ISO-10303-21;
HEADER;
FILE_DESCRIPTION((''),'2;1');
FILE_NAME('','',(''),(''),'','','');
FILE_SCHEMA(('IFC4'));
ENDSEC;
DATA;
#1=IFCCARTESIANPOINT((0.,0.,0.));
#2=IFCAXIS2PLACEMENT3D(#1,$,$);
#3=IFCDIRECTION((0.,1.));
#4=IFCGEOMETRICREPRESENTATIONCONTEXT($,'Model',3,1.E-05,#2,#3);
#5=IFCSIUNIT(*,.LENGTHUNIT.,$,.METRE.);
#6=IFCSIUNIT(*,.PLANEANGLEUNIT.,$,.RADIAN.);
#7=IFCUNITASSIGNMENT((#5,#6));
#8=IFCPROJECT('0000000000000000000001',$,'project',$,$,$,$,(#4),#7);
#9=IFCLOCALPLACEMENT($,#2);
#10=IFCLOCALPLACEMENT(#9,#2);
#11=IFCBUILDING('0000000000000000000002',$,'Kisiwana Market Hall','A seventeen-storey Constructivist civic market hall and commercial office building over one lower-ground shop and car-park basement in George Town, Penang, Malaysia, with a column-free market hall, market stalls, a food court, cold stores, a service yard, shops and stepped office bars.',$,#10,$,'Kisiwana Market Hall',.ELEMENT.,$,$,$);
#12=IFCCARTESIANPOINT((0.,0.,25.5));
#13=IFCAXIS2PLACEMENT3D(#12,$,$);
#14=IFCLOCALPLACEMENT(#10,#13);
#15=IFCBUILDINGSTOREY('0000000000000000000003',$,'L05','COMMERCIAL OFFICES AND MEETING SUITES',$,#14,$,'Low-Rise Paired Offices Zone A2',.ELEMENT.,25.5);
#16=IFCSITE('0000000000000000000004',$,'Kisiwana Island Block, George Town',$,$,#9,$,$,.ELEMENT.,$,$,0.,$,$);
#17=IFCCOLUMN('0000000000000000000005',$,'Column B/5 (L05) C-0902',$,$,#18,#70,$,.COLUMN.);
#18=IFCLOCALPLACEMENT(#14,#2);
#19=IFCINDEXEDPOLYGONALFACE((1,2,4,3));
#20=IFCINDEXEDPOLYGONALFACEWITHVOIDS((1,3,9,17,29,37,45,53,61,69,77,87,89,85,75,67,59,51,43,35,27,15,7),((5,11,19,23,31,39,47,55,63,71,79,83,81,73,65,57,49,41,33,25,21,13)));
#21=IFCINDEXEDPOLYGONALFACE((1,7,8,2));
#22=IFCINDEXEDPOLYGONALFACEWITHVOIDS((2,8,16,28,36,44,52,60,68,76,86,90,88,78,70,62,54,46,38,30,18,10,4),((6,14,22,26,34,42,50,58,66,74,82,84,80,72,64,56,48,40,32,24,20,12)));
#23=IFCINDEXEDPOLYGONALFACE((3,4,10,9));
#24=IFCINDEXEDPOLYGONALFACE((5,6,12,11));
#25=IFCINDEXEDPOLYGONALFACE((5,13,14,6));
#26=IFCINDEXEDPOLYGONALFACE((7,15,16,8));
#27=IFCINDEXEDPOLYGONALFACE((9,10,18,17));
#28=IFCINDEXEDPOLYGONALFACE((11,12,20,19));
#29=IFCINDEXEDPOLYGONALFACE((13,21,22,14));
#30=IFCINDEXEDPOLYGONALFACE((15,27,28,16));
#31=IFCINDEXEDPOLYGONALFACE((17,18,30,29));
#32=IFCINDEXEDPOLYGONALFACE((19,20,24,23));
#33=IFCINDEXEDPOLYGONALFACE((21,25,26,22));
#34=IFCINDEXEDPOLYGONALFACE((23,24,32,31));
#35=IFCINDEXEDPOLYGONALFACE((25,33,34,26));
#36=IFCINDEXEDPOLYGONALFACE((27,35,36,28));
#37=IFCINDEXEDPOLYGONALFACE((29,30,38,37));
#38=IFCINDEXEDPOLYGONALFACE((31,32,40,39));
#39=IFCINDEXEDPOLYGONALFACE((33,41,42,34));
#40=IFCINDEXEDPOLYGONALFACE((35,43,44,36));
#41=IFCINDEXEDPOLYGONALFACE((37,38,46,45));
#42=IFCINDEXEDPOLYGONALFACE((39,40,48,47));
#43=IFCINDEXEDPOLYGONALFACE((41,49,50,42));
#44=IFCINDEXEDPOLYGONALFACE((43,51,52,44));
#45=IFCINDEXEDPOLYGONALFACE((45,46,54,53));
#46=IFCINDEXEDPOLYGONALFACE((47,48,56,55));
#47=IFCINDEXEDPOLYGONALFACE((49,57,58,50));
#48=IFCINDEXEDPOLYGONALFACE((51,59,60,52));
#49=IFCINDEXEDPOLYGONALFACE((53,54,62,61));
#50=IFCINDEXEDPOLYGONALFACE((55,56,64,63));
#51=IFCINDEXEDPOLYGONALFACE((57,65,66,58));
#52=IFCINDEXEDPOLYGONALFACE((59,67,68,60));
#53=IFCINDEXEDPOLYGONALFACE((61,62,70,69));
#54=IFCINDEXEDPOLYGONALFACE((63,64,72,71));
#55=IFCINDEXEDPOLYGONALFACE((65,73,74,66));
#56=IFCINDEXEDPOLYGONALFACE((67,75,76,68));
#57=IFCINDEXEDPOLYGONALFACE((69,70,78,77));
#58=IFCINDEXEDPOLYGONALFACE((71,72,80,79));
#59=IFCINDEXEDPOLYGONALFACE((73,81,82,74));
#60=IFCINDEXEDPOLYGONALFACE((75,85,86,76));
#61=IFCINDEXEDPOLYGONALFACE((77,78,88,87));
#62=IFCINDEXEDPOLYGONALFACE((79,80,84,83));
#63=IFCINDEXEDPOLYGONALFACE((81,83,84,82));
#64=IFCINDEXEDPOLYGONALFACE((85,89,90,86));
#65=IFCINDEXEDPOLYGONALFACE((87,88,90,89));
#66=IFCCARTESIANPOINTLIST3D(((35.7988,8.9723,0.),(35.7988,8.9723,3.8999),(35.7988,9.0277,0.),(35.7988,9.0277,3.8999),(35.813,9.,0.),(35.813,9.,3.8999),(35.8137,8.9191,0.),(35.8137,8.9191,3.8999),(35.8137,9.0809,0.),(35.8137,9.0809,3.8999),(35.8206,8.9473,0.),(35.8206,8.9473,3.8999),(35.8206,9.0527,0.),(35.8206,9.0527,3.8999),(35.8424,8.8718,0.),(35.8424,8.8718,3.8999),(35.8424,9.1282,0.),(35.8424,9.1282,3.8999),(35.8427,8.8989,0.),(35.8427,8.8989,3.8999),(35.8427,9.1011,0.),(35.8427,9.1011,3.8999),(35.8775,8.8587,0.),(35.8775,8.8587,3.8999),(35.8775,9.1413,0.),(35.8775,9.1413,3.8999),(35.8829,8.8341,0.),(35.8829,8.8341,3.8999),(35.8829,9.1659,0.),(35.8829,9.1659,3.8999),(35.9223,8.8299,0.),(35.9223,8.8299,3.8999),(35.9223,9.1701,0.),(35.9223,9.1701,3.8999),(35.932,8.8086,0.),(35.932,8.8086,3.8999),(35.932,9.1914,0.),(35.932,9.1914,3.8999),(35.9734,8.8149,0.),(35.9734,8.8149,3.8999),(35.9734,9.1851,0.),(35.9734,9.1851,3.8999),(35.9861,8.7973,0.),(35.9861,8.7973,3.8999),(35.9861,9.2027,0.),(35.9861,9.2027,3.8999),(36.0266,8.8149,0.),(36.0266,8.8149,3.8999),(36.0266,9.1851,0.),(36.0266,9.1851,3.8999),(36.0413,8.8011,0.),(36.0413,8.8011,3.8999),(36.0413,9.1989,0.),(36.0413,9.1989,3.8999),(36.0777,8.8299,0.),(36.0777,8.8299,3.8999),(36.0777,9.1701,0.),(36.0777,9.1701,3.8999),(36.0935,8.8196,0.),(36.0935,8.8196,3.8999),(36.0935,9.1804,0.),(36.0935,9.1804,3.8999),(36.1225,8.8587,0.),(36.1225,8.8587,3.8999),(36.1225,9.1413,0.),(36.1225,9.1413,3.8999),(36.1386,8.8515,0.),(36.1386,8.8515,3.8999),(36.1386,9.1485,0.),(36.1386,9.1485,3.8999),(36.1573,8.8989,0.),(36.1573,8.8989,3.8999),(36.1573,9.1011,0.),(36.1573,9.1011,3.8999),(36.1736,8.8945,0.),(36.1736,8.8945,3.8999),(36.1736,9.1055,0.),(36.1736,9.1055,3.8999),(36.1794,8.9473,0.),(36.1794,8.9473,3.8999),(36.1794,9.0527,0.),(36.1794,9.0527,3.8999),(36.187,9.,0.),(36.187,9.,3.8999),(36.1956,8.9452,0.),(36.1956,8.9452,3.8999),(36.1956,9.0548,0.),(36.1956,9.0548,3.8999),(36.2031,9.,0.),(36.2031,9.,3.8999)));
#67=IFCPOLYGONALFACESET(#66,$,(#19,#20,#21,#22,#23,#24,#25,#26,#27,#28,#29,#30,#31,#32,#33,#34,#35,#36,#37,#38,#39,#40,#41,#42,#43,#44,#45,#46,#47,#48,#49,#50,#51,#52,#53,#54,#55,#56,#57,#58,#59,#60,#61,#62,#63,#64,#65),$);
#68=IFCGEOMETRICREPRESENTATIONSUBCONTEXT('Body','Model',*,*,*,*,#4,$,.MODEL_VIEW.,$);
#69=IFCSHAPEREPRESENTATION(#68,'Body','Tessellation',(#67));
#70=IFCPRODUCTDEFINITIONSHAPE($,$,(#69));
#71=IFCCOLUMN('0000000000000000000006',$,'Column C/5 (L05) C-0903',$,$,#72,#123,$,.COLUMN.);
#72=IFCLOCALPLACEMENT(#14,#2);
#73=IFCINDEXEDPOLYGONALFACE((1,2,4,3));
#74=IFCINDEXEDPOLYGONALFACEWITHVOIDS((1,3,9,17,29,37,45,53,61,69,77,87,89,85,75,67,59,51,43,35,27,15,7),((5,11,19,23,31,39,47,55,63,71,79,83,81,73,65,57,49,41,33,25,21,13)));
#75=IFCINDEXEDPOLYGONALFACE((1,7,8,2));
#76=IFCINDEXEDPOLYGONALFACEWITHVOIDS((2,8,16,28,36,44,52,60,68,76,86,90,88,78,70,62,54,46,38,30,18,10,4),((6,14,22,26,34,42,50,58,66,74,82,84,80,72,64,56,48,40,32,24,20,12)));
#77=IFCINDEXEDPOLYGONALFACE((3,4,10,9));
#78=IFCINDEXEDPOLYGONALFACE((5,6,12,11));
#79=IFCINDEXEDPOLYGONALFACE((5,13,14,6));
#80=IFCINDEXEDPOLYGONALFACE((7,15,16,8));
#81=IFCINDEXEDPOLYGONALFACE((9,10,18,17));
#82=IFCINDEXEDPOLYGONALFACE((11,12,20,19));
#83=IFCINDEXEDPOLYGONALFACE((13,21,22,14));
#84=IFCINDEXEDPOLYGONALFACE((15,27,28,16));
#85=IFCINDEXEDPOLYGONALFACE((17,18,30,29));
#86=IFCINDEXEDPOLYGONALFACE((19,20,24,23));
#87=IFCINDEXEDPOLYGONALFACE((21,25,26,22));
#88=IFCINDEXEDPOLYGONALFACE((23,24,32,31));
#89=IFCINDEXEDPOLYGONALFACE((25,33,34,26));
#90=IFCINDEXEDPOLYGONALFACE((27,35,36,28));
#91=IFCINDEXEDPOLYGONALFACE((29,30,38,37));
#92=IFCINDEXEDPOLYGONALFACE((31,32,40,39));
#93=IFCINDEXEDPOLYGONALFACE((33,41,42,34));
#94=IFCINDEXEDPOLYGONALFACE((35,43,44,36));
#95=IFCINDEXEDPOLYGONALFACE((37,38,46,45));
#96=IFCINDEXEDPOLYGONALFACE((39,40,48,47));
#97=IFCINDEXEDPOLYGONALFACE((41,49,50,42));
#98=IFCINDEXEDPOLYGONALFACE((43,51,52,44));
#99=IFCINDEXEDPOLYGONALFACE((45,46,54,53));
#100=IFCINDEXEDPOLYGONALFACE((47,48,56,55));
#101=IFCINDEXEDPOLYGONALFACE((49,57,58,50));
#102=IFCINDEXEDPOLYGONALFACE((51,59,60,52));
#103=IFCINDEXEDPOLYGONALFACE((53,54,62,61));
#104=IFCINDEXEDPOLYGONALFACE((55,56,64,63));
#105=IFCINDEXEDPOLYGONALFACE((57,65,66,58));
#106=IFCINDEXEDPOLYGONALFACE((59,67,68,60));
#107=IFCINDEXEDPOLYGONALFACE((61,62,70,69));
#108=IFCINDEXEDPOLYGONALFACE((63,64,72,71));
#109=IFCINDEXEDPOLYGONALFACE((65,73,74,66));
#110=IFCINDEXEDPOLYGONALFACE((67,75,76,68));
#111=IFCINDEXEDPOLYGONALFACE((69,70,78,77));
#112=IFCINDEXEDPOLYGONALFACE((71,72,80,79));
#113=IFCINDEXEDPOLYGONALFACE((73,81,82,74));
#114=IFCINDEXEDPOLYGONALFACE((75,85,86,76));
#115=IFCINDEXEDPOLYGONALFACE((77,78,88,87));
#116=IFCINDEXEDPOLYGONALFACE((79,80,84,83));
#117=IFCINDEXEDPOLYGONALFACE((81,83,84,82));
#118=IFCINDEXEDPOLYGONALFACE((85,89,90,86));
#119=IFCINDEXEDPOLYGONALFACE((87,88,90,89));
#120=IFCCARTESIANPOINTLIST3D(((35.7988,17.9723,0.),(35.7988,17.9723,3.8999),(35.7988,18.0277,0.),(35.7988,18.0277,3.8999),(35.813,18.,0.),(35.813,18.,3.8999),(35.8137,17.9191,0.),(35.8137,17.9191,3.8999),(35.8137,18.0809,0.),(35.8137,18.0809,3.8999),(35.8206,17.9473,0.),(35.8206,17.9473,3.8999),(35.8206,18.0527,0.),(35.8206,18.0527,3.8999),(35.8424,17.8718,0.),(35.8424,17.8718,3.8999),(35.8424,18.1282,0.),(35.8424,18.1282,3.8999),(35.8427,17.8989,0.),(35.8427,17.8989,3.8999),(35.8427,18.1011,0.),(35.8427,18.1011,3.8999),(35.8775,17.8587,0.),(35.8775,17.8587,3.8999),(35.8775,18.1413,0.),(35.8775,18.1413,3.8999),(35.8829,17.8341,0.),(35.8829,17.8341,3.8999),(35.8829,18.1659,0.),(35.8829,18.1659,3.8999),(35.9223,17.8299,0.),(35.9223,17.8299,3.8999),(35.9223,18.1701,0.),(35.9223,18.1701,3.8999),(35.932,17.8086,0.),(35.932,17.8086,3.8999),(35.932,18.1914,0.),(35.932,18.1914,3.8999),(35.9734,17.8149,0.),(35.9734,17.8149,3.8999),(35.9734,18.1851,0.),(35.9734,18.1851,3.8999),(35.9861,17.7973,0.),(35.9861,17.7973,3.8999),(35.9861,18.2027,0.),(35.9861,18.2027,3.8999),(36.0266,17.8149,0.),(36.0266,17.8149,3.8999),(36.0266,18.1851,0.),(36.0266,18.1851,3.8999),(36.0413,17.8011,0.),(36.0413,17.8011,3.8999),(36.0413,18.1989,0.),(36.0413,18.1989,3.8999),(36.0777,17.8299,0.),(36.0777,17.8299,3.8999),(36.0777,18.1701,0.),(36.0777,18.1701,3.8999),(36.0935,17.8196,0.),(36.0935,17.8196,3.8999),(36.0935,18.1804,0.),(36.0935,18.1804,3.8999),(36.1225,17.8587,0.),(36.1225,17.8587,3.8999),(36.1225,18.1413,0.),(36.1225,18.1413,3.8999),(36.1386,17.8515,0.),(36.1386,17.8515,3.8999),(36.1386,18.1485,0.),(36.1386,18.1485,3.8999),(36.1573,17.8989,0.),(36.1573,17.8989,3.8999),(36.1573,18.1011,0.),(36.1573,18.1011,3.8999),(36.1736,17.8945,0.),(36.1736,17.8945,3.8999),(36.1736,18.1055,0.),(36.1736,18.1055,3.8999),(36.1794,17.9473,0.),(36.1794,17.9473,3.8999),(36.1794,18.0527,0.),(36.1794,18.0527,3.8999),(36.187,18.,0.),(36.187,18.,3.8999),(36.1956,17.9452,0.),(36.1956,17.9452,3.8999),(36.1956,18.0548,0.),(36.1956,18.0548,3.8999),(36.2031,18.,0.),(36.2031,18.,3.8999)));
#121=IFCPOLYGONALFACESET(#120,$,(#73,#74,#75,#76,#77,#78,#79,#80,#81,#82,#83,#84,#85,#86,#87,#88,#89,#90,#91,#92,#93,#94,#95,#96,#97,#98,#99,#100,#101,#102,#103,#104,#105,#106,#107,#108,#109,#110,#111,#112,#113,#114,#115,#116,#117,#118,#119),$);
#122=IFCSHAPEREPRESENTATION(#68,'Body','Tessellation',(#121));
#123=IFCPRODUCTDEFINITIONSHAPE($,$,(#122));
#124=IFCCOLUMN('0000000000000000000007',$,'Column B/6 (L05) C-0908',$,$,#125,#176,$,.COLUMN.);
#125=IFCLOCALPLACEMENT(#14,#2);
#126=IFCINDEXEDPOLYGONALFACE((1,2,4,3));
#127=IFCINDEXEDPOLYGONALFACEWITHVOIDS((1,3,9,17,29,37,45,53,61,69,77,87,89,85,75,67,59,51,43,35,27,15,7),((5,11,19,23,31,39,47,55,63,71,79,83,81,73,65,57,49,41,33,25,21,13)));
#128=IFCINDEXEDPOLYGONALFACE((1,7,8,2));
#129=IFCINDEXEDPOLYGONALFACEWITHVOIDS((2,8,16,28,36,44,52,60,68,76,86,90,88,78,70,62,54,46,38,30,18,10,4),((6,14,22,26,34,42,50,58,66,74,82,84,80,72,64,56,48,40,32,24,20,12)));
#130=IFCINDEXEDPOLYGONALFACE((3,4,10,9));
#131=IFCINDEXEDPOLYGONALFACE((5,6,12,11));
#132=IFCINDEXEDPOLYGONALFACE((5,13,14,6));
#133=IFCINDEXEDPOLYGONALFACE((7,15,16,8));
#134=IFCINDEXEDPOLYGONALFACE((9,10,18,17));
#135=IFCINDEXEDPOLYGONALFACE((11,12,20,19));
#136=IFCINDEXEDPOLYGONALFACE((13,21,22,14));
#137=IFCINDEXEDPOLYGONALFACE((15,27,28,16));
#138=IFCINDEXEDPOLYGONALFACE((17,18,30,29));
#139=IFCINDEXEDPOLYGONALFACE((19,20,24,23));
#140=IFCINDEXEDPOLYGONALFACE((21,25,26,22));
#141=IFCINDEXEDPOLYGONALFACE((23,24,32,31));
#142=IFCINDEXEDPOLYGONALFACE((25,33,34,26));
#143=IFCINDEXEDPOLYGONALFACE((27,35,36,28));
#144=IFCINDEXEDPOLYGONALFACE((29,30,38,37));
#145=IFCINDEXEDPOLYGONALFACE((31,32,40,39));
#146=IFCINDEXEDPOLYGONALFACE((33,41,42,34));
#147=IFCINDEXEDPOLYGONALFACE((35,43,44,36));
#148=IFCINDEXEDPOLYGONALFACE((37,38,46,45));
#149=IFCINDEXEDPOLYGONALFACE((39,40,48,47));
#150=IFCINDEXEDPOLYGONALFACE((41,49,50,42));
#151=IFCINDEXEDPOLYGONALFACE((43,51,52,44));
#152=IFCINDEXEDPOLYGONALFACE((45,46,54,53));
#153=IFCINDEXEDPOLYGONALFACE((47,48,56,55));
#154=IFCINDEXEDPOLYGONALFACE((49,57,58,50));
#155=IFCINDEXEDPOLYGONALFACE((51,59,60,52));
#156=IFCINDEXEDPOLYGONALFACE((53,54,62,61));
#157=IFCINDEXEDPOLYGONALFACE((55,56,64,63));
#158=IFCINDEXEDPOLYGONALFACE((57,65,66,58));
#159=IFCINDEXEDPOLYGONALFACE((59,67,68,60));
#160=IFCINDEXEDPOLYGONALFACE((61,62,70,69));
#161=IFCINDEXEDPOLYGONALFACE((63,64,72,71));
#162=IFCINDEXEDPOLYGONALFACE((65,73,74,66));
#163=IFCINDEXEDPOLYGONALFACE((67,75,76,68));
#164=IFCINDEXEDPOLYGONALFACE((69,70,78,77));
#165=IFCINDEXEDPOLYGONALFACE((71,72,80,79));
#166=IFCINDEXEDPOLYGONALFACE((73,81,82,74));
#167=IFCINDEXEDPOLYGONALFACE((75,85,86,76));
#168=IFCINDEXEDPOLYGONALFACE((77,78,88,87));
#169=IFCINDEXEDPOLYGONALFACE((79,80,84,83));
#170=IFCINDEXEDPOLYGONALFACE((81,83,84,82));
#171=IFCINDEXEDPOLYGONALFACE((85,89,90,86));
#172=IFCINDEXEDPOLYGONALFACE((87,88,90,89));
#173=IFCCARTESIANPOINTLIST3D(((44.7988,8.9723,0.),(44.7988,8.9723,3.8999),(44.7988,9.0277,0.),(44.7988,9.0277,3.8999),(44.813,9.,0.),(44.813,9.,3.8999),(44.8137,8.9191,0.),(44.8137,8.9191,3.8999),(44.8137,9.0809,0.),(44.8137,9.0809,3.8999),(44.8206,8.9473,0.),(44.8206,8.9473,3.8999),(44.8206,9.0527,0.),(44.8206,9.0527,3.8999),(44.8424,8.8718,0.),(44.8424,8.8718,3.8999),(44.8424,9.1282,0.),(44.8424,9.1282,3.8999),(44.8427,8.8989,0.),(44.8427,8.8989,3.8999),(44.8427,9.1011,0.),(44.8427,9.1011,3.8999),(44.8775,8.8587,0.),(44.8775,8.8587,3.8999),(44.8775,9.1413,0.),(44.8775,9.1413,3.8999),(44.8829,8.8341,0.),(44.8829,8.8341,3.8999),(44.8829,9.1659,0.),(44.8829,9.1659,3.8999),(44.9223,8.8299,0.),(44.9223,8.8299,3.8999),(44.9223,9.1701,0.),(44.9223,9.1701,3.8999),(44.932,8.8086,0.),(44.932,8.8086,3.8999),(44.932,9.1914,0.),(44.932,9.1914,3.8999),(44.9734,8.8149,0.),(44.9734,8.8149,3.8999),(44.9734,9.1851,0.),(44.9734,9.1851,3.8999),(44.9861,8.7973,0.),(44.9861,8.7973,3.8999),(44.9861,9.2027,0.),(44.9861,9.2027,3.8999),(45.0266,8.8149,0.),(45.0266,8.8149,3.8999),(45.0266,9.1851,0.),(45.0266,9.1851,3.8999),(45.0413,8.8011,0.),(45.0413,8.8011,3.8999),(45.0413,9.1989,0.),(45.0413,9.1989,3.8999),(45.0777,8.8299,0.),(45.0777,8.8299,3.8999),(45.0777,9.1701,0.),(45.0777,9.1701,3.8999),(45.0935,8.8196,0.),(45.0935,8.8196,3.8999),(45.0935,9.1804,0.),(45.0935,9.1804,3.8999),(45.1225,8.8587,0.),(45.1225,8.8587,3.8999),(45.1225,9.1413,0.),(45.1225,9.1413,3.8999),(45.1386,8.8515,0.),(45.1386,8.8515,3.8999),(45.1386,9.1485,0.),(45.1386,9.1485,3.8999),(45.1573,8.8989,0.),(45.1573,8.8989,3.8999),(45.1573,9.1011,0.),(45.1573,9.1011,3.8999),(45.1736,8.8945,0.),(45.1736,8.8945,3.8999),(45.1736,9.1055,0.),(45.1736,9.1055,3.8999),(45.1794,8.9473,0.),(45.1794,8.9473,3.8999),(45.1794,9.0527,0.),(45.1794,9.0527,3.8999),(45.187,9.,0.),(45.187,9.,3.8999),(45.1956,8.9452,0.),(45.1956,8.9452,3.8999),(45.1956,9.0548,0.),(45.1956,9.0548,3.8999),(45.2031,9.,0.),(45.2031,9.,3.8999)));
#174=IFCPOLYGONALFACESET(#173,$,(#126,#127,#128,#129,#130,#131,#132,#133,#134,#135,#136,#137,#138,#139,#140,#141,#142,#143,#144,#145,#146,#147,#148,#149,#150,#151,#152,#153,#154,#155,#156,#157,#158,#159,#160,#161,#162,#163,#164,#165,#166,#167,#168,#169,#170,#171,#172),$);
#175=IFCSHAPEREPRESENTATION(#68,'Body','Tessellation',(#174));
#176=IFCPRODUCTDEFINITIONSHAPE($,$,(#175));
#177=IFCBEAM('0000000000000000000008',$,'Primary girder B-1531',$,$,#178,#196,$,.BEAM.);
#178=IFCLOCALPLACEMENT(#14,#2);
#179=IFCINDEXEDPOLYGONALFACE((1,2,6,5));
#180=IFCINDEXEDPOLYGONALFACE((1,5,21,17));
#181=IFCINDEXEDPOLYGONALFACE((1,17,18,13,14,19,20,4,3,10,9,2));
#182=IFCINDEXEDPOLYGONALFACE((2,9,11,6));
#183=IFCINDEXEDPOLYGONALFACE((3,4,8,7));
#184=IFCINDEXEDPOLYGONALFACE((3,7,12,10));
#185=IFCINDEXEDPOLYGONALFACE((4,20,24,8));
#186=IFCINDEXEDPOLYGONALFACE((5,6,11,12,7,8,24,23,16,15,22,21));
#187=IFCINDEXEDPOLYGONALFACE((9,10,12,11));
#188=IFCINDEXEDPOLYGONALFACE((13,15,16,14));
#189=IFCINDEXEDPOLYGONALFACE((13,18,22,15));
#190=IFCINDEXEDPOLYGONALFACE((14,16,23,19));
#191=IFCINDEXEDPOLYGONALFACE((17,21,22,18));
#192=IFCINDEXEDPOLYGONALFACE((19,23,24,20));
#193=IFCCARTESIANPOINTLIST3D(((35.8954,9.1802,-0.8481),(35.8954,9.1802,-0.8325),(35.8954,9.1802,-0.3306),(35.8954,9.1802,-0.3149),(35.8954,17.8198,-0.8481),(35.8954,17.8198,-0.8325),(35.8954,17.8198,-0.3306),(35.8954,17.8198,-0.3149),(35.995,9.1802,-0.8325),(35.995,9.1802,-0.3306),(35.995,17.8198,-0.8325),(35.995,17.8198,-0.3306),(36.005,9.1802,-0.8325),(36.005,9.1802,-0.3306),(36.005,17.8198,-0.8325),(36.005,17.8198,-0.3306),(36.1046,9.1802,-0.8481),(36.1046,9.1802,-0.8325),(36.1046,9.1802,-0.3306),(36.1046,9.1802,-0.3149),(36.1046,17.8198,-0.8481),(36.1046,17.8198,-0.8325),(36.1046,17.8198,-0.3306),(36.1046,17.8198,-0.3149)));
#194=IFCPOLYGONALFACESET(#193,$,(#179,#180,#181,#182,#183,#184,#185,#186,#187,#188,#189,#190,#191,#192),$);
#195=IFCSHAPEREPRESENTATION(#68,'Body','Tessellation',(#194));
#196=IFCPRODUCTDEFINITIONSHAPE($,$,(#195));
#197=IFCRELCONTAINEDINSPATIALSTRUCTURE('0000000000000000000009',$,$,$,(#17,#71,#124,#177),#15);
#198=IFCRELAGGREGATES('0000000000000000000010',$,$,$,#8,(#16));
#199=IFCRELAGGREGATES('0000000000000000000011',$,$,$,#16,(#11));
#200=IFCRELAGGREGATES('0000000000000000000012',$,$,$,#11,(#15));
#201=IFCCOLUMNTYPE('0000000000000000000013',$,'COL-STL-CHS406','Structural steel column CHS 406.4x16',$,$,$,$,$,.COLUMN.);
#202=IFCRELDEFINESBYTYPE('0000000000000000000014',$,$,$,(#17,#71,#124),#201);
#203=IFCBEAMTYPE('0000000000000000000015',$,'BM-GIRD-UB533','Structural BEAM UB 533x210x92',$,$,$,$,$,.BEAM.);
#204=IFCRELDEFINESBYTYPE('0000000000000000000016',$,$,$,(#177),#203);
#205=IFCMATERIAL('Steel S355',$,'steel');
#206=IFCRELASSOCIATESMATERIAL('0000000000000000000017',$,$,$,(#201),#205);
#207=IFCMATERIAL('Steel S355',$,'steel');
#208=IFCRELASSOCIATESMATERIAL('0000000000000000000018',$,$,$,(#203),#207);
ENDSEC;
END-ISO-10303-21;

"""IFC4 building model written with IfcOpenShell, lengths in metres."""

from ifc_helpers import new_model, si_unit, direction, frame, origin, origin_2d, place, context, subcontext, project, spatial, hollow_circle, i_section, extrude, material, material_profile, profile_set, type_object, element, save


model = new_model("IFC4")

# Units and contexts
model_context = context("Model", 3, precision=1e-05, world=origin(), true_north=direction((0.0, 1.0)))
body_context = subcontext(model_context, "Body", "Model", "MODEL_VIEW")
ifc_project = project(units=[si_unit("LENGTHUNIT", "METRE"), si_unit("PLANEANGLEUNIT", "RADIAN")], contexts=[model_context])

# Site, building, storey
site_placement = place(None, origin())
site = spatial("IfcSite", under=ifc_project, at=site_placement, Name="Kisiwana Island Block, George Town", CompositionType="ELEMENT", RefElevation=0.0)
building_placement = place(site_placement, origin())
building = spatial("IfcBuilding", under=site, at=building_placement, Name="Kisiwana Market Hall", Description="A seventeen-storey Constructivist civic market hall and commercial office building over one lower-ground shop and car-park basement in George Town, Penang, Malaysia, with a column-free market hall, market stalls, a food court, cold stores, a service yard, shops and stepped office bars.", LongName="Kisiwana Market Hall", CompositionType="ELEMENT")
storey_placement = place(building_placement, frame((0.0, 0.0, 25.5)))
storey = spatial("IfcBuildingStorey", under=building, at=storey_placement, Name="L05", Description="COMMERCIAL OFFICES AND MEETING SUITES", LongName="Low-Rise Paired Offices Zone A2", CompositionType="ELEMENT", Elevation=25.5)

# Columns
ifc_material_1 = material(Name="Steel S355", Category="steel")
ifc_material_profile_1 = material_profile(ifc_material_1, hollow_circle(Radius=0.2031, WallThickness=0.0161, at=origin_2d()), Name="CHS 406.4x16")
ifc_profile_set_1 = profile_set([ifc_material_profile_1], Name="Steel S355")
column_type = type_object("IfcColumnType", Name="COL-STL-CHS406", Description="Structural steel column CHS 406.4x16", PredefinedType="COLUMN", material=ifc_profile_set_1)
for number, where, z_axis, x_axis, name in (
    (1, (36.0, 9.0, 0.0), (0.0, 0.0, 1.0), (1.0, 0.0, 0.0), "Column B/5 (L05) C-0902"),
    (2, (36.0, 18.0, 0.0), (0.0, 0.0, 1.0), (1.0, 0.0, 0.0), "Column C/5 (L05) C-0903"),
    (3, (45.0, 9.0, 0.0), (0.0, 0.0, 1.0), (1.0, 0.0, 0.0), "Column B/6 (L05) C-0908"),
):
    element("IfcColumn", number, at=place(storey_placement, frame(where, z_axis=z_axis, x_axis=x_axis)), inside=storey, type_object=column_type, Name=name, PredefinedType="COLUMN", context=body_context, shape_type="SweptSolid", body=[
        extrude(hollow_circle(Radius=0.2031, WallThickness=0.0161, at=origin_2d()), origin(), (0.0, 0.0, 1.0), 3.8999),
    ])

# Beam
ifc_material_2 = material(Name="Steel S355", Category="steel")
ifc_material_profile_2 = material_profile(ifc_material_2, i_section(OverallWidth=0.2092, OverallDepth=0.5332, WebThickness=0.01, FlangeThickness=0.0156, at=origin_2d()), Name="UB 533x210x92")
ifc_profile_set_2 = profile_set([ifc_material_profile_2], Name="Steel S355")
beam_type_1 = type_object("IfcBeamType", Name="BM-GIRD-UB533", Description="Structural BEAM UB 533x210x92", PredefinedType="BEAM", material=ifc_profile_set_2)
beam_1_placement = place(storey_placement, frame((36.0, 9.1802, -0.5815), z_axis=(0.0, 1.0, 0.0), x_axis=(-1.0, 0.0, 0.0)))
element("IfcBeam", 4, at=beam_1_placement, inside=storey, type_object=beam_type_1, Name="Primary girder B-1531", PredefinedType="BEAM", context=body_context, shape_type="SweptSolid", body=[
    extrude(i_section(OverallWidth=0.2092, OverallDepth=0.5332, WebThickness=0.01, FlangeThickness=0.0156, at=origin_2d()), origin(), (0.0, 0.0, 1.0), 8.6396),
])

save(model, "model.ifc")
